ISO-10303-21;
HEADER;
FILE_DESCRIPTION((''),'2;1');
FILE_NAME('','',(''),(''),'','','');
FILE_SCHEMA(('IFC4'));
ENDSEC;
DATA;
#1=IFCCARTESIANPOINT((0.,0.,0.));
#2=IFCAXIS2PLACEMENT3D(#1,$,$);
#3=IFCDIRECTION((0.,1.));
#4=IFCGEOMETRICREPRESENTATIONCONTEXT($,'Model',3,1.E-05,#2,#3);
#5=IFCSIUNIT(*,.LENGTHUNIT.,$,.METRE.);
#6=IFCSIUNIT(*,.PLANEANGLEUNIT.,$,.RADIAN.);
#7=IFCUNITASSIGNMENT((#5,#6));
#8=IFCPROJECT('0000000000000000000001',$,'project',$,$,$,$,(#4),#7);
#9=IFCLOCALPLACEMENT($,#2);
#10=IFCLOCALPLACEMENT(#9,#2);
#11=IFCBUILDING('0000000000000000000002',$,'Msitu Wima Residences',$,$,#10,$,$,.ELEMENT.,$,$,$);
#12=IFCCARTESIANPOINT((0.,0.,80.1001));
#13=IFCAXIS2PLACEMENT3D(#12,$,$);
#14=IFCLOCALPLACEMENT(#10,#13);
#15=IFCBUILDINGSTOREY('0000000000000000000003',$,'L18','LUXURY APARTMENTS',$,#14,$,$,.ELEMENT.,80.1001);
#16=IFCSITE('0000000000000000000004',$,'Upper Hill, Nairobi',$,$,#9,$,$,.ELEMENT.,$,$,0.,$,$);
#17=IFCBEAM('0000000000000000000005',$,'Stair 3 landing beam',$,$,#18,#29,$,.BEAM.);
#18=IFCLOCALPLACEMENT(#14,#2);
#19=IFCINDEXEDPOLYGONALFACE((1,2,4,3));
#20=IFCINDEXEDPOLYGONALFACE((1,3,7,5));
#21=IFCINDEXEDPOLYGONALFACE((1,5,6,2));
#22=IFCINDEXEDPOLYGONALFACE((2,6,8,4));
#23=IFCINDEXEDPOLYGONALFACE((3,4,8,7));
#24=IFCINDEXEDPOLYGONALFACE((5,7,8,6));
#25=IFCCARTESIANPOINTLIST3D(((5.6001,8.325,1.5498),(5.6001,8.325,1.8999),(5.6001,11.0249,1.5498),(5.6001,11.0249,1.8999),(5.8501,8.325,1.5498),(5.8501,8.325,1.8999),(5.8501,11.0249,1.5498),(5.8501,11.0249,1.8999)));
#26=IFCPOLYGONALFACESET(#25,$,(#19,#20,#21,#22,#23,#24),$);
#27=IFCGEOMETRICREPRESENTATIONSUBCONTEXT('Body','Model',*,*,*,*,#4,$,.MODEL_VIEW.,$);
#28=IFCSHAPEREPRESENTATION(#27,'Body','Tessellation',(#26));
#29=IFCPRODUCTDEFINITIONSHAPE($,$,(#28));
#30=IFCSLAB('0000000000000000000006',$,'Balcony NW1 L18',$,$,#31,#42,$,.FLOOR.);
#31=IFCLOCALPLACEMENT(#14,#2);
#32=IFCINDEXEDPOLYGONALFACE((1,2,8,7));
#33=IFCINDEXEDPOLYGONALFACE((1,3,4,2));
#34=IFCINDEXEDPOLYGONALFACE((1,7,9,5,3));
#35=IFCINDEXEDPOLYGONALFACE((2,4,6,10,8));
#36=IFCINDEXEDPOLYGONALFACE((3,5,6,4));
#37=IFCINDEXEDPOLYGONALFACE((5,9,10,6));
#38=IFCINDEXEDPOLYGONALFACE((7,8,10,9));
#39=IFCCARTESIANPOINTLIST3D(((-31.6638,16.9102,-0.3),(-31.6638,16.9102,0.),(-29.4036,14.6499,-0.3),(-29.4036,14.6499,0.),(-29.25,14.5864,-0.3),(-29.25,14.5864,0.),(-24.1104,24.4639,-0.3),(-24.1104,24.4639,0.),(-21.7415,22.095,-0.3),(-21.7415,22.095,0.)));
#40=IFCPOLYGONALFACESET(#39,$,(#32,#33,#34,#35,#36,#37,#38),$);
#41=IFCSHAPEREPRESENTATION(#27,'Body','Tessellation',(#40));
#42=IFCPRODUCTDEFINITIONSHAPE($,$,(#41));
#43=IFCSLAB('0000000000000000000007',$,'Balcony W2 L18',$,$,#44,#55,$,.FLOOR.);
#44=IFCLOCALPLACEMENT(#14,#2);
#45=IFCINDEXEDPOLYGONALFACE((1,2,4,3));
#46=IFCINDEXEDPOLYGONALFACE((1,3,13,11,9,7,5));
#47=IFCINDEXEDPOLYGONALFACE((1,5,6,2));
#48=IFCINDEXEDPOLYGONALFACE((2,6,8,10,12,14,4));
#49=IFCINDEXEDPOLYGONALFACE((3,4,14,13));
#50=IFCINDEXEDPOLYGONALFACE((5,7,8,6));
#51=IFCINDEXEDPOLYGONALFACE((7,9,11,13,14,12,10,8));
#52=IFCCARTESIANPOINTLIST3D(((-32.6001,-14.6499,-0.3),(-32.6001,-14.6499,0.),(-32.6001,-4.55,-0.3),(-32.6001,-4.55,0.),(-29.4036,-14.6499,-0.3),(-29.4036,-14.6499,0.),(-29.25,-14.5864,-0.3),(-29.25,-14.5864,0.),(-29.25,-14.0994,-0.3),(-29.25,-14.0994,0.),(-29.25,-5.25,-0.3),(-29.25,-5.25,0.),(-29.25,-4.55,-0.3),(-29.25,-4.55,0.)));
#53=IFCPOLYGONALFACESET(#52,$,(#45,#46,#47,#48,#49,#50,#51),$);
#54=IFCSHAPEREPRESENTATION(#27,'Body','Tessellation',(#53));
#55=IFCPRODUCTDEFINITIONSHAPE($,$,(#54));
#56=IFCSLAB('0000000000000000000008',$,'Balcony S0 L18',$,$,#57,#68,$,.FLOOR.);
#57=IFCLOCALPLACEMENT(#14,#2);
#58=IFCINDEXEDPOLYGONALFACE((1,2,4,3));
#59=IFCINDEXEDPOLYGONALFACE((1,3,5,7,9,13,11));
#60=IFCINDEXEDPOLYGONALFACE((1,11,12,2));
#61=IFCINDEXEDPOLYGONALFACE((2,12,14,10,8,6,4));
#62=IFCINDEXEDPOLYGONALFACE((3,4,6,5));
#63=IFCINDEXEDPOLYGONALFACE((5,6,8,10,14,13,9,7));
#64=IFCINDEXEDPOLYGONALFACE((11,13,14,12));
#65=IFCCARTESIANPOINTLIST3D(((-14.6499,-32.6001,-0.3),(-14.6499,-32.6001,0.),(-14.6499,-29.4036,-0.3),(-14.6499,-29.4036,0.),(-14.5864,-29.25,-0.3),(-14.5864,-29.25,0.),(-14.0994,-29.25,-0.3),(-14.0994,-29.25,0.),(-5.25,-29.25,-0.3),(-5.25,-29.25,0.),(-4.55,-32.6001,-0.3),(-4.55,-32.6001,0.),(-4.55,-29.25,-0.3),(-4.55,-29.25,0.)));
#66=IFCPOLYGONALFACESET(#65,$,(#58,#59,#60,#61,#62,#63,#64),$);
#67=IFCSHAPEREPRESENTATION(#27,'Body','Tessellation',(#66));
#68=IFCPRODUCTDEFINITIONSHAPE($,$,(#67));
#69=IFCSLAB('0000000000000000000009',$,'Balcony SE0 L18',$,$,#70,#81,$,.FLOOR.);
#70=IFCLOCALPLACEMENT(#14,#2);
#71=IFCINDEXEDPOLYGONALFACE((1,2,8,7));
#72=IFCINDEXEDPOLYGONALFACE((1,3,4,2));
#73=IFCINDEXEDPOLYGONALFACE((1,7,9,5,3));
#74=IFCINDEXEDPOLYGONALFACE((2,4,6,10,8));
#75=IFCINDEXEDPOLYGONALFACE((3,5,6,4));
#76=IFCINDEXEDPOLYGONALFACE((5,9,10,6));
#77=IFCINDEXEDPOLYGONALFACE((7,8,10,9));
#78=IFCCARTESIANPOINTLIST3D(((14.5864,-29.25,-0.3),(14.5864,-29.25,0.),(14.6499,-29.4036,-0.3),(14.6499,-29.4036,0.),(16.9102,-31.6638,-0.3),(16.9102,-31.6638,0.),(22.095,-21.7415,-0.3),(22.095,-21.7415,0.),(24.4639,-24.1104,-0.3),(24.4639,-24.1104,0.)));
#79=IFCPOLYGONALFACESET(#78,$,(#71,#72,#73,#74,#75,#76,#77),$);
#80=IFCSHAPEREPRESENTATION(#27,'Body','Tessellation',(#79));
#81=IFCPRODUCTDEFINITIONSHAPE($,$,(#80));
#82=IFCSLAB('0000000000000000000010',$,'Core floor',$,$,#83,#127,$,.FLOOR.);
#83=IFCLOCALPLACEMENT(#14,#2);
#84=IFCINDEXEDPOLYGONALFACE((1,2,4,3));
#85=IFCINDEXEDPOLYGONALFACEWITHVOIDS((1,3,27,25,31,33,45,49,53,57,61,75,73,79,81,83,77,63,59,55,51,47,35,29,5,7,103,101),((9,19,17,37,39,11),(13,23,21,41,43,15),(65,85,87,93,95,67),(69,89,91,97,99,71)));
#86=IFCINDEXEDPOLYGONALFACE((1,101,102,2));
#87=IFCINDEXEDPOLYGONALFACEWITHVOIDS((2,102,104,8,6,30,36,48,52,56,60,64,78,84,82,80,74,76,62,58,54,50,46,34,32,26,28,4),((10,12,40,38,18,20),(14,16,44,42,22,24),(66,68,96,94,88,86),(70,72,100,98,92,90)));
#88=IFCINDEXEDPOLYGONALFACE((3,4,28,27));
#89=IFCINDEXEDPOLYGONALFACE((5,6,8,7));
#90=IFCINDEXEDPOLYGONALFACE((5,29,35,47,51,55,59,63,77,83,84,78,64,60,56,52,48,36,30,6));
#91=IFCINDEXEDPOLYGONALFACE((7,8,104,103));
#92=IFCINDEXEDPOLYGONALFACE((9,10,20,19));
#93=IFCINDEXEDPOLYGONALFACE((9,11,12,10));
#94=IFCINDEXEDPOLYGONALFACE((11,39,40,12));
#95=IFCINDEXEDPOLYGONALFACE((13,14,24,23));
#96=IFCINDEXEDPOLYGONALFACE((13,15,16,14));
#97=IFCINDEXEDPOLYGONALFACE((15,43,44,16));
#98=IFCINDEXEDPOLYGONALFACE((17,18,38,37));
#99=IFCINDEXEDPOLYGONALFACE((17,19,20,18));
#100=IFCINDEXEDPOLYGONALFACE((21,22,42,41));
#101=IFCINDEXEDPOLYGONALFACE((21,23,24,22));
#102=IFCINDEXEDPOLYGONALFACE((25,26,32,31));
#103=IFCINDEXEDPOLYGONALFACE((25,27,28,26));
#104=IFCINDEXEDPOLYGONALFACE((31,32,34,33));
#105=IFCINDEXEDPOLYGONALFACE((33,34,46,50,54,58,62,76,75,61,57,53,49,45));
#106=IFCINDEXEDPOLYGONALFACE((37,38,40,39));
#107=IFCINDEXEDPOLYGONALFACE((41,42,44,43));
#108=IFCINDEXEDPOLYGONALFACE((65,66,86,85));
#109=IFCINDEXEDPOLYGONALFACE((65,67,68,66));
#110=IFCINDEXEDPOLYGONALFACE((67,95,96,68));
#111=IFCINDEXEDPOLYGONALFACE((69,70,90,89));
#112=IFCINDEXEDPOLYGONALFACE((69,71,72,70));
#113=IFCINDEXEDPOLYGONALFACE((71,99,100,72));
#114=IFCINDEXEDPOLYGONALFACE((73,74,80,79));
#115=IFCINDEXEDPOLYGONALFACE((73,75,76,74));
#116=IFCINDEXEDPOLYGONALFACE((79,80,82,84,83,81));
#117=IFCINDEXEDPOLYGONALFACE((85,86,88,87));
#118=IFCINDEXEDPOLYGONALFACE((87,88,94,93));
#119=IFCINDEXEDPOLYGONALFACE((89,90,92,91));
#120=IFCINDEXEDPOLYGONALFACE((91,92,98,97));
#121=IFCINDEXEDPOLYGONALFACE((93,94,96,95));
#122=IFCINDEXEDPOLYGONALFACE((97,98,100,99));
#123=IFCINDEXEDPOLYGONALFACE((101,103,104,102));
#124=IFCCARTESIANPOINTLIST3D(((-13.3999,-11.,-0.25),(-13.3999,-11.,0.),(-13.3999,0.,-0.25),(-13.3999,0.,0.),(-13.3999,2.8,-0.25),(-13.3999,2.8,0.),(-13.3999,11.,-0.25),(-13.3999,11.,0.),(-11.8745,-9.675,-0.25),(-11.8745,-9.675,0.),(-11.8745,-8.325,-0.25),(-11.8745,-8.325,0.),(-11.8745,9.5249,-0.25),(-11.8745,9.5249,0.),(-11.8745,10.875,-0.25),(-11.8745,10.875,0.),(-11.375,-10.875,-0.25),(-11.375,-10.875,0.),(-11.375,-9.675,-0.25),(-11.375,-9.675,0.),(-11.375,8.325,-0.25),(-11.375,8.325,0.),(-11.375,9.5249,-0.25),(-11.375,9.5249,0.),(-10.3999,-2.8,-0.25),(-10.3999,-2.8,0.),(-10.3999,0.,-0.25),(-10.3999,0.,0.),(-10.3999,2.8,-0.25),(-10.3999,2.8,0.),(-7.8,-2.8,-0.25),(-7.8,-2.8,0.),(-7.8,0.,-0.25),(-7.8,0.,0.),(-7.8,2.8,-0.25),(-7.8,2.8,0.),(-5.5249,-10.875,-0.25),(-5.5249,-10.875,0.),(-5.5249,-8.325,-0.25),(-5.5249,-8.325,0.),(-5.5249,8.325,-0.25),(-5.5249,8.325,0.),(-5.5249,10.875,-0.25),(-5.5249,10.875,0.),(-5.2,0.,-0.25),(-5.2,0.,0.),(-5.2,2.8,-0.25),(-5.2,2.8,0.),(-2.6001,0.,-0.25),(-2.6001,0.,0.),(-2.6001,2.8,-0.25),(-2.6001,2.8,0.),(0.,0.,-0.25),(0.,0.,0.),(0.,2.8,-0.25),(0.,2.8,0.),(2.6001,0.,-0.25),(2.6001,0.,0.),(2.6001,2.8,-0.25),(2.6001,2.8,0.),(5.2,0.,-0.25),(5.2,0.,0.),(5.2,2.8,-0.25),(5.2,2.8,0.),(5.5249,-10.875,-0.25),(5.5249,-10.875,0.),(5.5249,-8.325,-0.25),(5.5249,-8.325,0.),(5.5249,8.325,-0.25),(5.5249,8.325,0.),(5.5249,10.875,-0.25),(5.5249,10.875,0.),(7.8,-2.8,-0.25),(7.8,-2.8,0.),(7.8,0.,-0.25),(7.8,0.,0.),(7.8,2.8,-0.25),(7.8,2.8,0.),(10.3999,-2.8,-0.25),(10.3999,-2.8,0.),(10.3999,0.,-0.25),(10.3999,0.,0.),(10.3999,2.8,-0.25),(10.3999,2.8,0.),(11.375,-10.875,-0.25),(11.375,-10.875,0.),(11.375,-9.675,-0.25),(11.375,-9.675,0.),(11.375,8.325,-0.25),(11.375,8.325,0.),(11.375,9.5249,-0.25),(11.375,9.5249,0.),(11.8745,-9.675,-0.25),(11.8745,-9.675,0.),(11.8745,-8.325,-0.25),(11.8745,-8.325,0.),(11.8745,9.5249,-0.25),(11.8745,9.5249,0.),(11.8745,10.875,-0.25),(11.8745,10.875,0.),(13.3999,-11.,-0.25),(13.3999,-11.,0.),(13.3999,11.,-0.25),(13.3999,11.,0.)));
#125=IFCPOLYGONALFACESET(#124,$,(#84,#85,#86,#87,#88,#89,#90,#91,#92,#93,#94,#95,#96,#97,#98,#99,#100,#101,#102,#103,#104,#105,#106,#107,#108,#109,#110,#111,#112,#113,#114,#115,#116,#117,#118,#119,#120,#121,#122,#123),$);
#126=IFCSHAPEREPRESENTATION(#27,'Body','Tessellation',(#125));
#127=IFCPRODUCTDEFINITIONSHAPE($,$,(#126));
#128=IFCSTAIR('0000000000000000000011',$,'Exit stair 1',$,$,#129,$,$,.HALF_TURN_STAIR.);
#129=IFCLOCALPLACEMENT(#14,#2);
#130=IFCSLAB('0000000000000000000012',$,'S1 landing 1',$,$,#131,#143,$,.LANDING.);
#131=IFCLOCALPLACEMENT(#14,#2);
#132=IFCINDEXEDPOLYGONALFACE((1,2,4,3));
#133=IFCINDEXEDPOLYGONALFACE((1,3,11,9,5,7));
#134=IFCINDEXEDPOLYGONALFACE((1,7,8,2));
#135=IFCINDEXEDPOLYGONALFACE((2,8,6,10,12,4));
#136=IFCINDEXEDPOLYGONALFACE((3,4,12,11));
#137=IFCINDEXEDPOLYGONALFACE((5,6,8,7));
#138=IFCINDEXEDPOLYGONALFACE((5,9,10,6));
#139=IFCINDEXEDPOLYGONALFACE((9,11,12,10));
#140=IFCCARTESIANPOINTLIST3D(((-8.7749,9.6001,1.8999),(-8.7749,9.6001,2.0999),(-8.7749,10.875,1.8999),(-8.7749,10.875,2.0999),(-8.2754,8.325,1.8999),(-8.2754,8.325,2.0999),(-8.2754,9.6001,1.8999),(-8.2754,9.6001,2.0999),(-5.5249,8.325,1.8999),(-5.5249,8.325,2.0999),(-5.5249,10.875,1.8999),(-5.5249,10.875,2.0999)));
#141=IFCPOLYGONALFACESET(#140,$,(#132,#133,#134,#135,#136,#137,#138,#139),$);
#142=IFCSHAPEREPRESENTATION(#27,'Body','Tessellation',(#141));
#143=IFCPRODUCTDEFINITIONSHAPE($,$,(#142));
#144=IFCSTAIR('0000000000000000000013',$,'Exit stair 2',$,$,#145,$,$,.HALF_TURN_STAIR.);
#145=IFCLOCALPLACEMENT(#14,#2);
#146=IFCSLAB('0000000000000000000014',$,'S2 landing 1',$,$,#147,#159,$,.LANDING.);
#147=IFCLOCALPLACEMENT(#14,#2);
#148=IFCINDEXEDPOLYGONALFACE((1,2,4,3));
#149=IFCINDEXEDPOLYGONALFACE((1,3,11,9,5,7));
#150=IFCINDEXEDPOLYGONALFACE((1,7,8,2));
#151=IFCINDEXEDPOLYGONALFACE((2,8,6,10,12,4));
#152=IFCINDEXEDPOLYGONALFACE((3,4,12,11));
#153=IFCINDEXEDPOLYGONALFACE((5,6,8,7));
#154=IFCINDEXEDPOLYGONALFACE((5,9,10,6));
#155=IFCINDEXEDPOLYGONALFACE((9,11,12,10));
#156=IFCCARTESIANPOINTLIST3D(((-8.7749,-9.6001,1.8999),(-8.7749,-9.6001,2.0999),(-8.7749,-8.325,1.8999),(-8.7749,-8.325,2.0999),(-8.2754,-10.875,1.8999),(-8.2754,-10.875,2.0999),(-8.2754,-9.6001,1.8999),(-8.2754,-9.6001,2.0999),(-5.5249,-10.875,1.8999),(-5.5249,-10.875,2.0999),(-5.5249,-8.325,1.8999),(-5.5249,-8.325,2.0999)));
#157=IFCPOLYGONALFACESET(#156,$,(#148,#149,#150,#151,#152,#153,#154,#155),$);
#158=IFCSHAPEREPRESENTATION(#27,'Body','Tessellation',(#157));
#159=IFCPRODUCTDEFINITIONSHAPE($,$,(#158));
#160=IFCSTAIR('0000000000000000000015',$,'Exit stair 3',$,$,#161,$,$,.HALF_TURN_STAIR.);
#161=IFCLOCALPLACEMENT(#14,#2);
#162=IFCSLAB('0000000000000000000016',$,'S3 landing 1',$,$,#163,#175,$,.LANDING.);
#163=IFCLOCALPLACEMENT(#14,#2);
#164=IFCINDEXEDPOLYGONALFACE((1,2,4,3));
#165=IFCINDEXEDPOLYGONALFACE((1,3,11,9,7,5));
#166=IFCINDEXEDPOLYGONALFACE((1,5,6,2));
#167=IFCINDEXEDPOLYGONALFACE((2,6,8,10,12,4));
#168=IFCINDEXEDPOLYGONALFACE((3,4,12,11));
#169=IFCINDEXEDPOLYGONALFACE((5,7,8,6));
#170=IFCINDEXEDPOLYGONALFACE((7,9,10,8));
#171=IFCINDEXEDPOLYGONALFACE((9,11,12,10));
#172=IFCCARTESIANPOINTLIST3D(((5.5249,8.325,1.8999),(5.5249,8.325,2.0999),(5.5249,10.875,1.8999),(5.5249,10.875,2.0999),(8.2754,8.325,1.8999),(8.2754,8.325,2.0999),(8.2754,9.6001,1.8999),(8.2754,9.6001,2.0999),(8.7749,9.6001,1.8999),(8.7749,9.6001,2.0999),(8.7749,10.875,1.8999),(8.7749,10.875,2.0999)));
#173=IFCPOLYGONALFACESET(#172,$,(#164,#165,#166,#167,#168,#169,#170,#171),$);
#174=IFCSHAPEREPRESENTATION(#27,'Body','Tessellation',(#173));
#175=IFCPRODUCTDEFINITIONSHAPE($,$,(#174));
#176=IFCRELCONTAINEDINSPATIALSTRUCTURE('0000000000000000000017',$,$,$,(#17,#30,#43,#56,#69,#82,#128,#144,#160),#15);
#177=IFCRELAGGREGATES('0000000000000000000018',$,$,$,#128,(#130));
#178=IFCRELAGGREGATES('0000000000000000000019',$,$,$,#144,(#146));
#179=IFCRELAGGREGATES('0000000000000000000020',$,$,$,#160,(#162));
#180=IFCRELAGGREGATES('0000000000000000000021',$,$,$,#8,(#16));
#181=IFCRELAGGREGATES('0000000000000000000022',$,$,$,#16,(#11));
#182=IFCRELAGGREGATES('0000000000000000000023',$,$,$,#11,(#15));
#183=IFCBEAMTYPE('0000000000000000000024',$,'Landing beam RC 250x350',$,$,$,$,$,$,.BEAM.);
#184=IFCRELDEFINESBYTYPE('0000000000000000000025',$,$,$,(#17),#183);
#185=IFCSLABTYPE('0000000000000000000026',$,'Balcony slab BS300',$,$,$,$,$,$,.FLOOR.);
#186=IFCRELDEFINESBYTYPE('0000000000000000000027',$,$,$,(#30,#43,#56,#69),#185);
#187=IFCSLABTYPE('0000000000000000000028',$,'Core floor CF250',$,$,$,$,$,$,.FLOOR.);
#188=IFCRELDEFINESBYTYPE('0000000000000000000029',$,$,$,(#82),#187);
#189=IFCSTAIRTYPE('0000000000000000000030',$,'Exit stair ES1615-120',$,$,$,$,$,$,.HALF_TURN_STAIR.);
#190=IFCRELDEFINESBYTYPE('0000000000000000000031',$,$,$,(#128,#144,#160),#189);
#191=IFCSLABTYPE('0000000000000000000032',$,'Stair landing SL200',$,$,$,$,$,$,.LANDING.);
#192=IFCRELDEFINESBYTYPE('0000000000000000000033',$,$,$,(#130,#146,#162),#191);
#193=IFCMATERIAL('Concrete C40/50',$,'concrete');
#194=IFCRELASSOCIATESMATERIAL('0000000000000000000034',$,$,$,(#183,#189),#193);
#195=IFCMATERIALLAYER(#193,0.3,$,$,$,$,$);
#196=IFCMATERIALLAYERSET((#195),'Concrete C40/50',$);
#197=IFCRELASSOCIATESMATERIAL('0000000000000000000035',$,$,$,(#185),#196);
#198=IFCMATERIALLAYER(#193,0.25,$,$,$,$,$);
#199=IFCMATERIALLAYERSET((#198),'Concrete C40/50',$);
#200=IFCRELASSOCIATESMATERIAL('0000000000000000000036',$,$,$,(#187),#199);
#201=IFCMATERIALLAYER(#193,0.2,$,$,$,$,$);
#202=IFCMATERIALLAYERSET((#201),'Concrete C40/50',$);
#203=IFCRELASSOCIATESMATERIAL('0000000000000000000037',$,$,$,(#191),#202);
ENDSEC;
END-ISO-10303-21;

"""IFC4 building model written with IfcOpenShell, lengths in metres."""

from ifc_helpers import new_model, si_unit, direction, frame, origin, origin_2d, place, context, subcontext, project, spatial, polyline, rectangle, outline, extrude, material, layer, layer_set, material_profile, profile_set, type_object, element, aggregate, save


model = new_model("IFC4")

# Units and contexts
model_context = context("Model", 3, precision=1e-05, world=origin(), true_north=direction((0.0, 1.0)))
body_context = subcontext(model_context, "Body", "Model", "MODEL_VIEW")
ifc_project = project(units=[si_unit("LENGTHUNIT", "METRE"), si_unit("PLANEANGLEUNIT", "RADIAN")], contexts=[model_context])

# Site, building, storey
site_placement = place(None, origin())
site = spatial("IfcSite", under=ifc_project, at=site_placement, Name="Upper Hill, Nairobi", CompositionType="ELEMENT", RefElevation=0.0)
building_placement = place(site_placement, origin())
building = spatial("IfcBuilding", under=site, at=building_placement, Name="Msitu Wima Residences", CompositionType="ELEMENT")
storey_placement = place(building_placement, frame((0.0, 0.0, 80.1001)))
storey = spatial("IfcBuildingStorey", under=building, at=storey_placement, Name="L18", Description="LUXURY APARTMENTS", CompositionType="ELEMENT", Elevation=80.1001)

# Beam
ifc_material_1 = material(Name="Concrete C40/50", Category="concrete")
ifc_material_profile = material_profile(ifc_material_1, rectangle(XDim=0.25, YDim=0.3501, at=origin_2d()), Name="RC 250x350")
ifc_profile_set = profile_set([ifc_material_profile], Name="Concrete C40/50")
beam_type = type_object("IfcBeamType", Name="Landing beam RC 250x350", PredefinedType="BEAM", material=ifc_profile_set)
beam_placement = place(storey_placement, frame((5.7251, 8.325, 1.7249), z_axis=(0.0, 1.0, 0.0), x_axis=(-1.0, 0.0, 0.0)))
element("IfcBeam", 1, at=beam_placement, inside=storey, type_object=beam_type, Name="Stair 3 landing beam", PredefinedType="BEAM", context=body_context, shape_type="SweptSolid", body=[
    extrude(rectangle(XDim=0.25, YDim=0.3501, at=origin_2d()), origin(), (0.0, 0.0, 1.0), 2.7),
])

# Slabs
ifc_layer_1 = layer(ifc_material_1, 0.3)
ifc_layer_set_1 = layer_set([ifc_layer_1], Name="Concrete C40/50")
slab_type_1 = type_object("IfcSlabType", Name="Balcony slab BS300", PredefinedType="FLOOR", material=ifc_layer_set_1)
slab_1_placement = place(storey_placement, frame((0.0, 0.0, -0.3)))
element("IfcSlab", 2, at=slab_1_placement, inside=storey, type_object=slab_type_1, Name="Balcony NW1 L18", PredefinedType="FLOOR", context=body_context, shape_type="SweptSolid", body=[
    extrude(outline(polyline([(-31.6638, 16.9102), (-24.1104, 24.4639), (-21.7415, 22.095), (-29.25, 14.5864), (-29.4036, 14.6499), (-31.6638, 16.9102)])), origin(), (0.0, 0.0, 1.0), 0.3),
])
slab_2_placement = place(storey_placement, frame((0.0, 0.0, -0.3)))
element("IfcSlab", 3, at=slab_2_placement, inside=storey, type_object=slab_type_1, Name="Balcony W2 L18", PredefinedType="FLOOR", context=body_context, shape_type="SweptSolid", body=[
    extrude(outline(polyline([(-29.25, -14.0994), (-29.25, -14.0994), (-29.25, -14.0994), (-29.25, -14.5864), (-29.4036, -14.6499), (-32.6001, -14.6499), (-32.6001, -4.55), (-29.25, -4.55), (-29.25, -5.25), (-29.25, -14.0994)])), origin(), (0.0, 0.0, 1.0), 0.3),
])
slab_3_placement = place(storey_placement, frame((0.0, 0.0, -0.3)))
element("IfcSlab", 4, at=slab_3_placement, inside=storey, type_object=slab_type_1, Name="Balcony S0 L18", PredefinedType="FLOOR", context=body_context, shape_type="SweptSolid", body=[
    extrude(outline(polyline([(-14.0994, -29.25), (-14.0994, -29.25), (-5.25, -29.25), (-4.55, -29.25), (-4.55, -32.6001), (-14.6499, -32.6001), (-14.6499, -29.4036), (-14.5864, -29.25), (-14.0994, -29.25), (-14.0994, -29.25)])), origin(), (0.0, 0.0, 1.0), 0.3),
])
slab_4_placement = place(storey_placement, frame((0.0, 0.0, -0.3)))
element("IfcSlab", 5, at=slab_4_placement, inside=storey, type_object=slab_type_1, Name="Balcony SE0 L18", PredefinedType="FLOOR", context=body_context, shape_type="SweptSolid", body=[
    extrude(outline(polyline([(24.4639, -24.1104), (16.9102, -31.6638), (14.6499, -29.4036), (14.5864, -29.25), (22.095, -21.7415), (24.4639, -24.1104)])), origin(), (0.0, 0.0, 1.0), 0.3),
])
ifc_layer_2 = layer(ifc_material_1, 0.25)
ifc_layer_set_2 = layer_set([ifc_layer_2], Name="Concrete C40/50")
slab_type_2 = type_object("IfcSlabType", Name="Core floor CF250", PredefinedType="FLOOR", material=ifc_layer_set_2)
slab_5_placement = place(storey_placement, frame((0.0, 0.0, -0.25)))
element("IfcSlab", 6, at=slab_5_placement, inside=storey, type_object=slab_type_2, Name="Core floor", PredefinedType="FLOOR", context=body_context, shape_type="SweptSolid", body=[
    extrude(outline(polyline([(-13.3999, 11.0), (-13.3999, 2.8), (-10.3999, 2.8), (-7.8, 2.8), (-5.2, 2.8), (-2.6001, 2.8), (0.0, 2.8), (2.6001, 2.8), (5.2, 2.8), (7.8, 2.8), (10.3999, 2.8), (10.3999, 0.0), (10.3999, -2.8), (7.8, -2.8), (7.8, 0.0), (5.2, 0.0), (2.6001, 0.0), (0.0, 0.0), (-2.6001, 0.0), (-5.2, 0.0), (-7.8, 0.0), (-7.8, -2.8), (-10.3999, -2.8), (-10.3999, 0.0), (-13.3999, 0.0), (-13.3999, -11.0), (13.3999, -11.0), (13.3999, 11.0), (-13.3999, 11.0)]), holes=[polyline([(-11.375, -10.875), (-11.375, -9.675), (-11.8745, -9.675), (-11.8745, -8.325), (-5.5249, -8.325), (-5.5249, -10.875), (-11.375, -10.875)]), polyline([(-11.375, 9.5249), (-11.8745, 9.5249), (-11.8745, 10.875), (-5.5249, 10.875), (-5.5249, 8.325), (-11.375, 8.325), (-11.375, 9.5249)]), polyline([(11.375, -9.675), (11.375, -10.875), (5.5249, -10.875), (5.5249, -8.325), (11.8745, -8.325), (11.8745, -9.675), (11.375, -9.675)]), polyline([(11.375, 9.5249), (11.375, 8.325), (5.5249, 8.325), (5.5249, 10.875), (11.8745, 10.875), (11.8745, 9.5249), (11.375, 9.5249)])]), origin(), (0.0, 0.0, 1.0), 0.25),
])

# Stairs, slabs
stair_type = type_object("IfcStairType", Name="Exit stair ES1615-120", PredefinedType="HALF_TURN_STAIR", material=ifc_material_1)
stair_1_placement = place(storey_placement, origin())
stair_1 = element("IfcStair", 7, at=stair_1_placement, inside=storey, type_object=stair_type, Name="Exit stair 1", PredefinedType="HALF_TURN_STAIR")
ifc_layer_3 = layer(ifc_material_1, 0.2)
ifc_layer_set_3 = layer_set([ifc_layer_3], Name="Concrete C40/50")
slab_type_3 = type_object("IfcSlabType", Name="Stair landing SL200", PredefinedType="LANDING", material=ifc_layer_set_3)
slab_6_placement = place(storey_placement, frame((0.0, 0.0, 1.8999)))
slab_6 = element("IfcSlab", 8, at=slab_6_placement, type_object=slab_type_3, Name="S1 landing 1", PredefinedType="LANDING", context=body_context, shape_type="SweptSolid", body=[
    extrude(outline(polyline([(-5.5249, 8.325), (-8.2754, 8.325), (-8.2754, 9.6001), (-8.7749, 9.6001), (-8.7749, 10.875), (-5.5249, 10.875), (-5.5249, 8.325)])), origin(), (0.0, 0.0, 1.0), 0.2),
])
aggregate(stair_1, [slab_6])
stair_2_placement = place(storey_placement, origin())
stair_2 = element("IfcStair", 9, at=stair_2_placement, inside=storey, type_object=stair_type, Name="Exit stair 2", PredefinedType="HALF_TURN_STAIR")
slab_7_placement = place(storey_placement, frame((0.0, 0.0, 1.8999)))
slab_7 = element("IfcSlab", 10, at=slab_7_placement, type_object=slab_type_3, Name="S2 landing 1", PredefinedType="LANDING", context=body_context, shape_type="SweptSolid", body=[
    extrude(outline(polyline([(-5.5249, -10.875), (-8.2754, -10.875), (-8.2754, -9.6001), (-8.7749, -9.6001), (-8.7749, -8.325), (-5.5249, -8.325), (-5.5249, -10.875)])), origin(), (0.0, 0.0, 1.0), 0.2),
])
aggregate(stair_2, [slab_7])
stair_3_placement = place(storey_placement, origin())
stair_3 = element("IfcStair", 11, at=stair_3_placement, inside=storey, type_object=stair_type, Name="Exit stair 3", PredefinedType="HALF_TURN_STAIR")
slab_8_placement = place(storey_placement, frame((0.0, 0.0, 1.8999)))
slab_8 = element("IfcSlab", 12, at=slab_8_placement, type_object=slab_type_3, Name="S3 landing 1", PredefinedType="LANDING", context=body_context, shape_type="SweptSolid", body=[
    extrude(outline(polyline([(5.5249, 8.325), (8.2754, 8.325), (8.2754, 9.6001), (8.7749, 9.6001), (8.7749, 10.875), (5.5249, 10.875), (5.5249, 8.325)])), origin(), (0.0, 0.0, 1.0), 0.2),
])
aggregate(stair_3, [slab_8])

save(model, "model.ifc")
